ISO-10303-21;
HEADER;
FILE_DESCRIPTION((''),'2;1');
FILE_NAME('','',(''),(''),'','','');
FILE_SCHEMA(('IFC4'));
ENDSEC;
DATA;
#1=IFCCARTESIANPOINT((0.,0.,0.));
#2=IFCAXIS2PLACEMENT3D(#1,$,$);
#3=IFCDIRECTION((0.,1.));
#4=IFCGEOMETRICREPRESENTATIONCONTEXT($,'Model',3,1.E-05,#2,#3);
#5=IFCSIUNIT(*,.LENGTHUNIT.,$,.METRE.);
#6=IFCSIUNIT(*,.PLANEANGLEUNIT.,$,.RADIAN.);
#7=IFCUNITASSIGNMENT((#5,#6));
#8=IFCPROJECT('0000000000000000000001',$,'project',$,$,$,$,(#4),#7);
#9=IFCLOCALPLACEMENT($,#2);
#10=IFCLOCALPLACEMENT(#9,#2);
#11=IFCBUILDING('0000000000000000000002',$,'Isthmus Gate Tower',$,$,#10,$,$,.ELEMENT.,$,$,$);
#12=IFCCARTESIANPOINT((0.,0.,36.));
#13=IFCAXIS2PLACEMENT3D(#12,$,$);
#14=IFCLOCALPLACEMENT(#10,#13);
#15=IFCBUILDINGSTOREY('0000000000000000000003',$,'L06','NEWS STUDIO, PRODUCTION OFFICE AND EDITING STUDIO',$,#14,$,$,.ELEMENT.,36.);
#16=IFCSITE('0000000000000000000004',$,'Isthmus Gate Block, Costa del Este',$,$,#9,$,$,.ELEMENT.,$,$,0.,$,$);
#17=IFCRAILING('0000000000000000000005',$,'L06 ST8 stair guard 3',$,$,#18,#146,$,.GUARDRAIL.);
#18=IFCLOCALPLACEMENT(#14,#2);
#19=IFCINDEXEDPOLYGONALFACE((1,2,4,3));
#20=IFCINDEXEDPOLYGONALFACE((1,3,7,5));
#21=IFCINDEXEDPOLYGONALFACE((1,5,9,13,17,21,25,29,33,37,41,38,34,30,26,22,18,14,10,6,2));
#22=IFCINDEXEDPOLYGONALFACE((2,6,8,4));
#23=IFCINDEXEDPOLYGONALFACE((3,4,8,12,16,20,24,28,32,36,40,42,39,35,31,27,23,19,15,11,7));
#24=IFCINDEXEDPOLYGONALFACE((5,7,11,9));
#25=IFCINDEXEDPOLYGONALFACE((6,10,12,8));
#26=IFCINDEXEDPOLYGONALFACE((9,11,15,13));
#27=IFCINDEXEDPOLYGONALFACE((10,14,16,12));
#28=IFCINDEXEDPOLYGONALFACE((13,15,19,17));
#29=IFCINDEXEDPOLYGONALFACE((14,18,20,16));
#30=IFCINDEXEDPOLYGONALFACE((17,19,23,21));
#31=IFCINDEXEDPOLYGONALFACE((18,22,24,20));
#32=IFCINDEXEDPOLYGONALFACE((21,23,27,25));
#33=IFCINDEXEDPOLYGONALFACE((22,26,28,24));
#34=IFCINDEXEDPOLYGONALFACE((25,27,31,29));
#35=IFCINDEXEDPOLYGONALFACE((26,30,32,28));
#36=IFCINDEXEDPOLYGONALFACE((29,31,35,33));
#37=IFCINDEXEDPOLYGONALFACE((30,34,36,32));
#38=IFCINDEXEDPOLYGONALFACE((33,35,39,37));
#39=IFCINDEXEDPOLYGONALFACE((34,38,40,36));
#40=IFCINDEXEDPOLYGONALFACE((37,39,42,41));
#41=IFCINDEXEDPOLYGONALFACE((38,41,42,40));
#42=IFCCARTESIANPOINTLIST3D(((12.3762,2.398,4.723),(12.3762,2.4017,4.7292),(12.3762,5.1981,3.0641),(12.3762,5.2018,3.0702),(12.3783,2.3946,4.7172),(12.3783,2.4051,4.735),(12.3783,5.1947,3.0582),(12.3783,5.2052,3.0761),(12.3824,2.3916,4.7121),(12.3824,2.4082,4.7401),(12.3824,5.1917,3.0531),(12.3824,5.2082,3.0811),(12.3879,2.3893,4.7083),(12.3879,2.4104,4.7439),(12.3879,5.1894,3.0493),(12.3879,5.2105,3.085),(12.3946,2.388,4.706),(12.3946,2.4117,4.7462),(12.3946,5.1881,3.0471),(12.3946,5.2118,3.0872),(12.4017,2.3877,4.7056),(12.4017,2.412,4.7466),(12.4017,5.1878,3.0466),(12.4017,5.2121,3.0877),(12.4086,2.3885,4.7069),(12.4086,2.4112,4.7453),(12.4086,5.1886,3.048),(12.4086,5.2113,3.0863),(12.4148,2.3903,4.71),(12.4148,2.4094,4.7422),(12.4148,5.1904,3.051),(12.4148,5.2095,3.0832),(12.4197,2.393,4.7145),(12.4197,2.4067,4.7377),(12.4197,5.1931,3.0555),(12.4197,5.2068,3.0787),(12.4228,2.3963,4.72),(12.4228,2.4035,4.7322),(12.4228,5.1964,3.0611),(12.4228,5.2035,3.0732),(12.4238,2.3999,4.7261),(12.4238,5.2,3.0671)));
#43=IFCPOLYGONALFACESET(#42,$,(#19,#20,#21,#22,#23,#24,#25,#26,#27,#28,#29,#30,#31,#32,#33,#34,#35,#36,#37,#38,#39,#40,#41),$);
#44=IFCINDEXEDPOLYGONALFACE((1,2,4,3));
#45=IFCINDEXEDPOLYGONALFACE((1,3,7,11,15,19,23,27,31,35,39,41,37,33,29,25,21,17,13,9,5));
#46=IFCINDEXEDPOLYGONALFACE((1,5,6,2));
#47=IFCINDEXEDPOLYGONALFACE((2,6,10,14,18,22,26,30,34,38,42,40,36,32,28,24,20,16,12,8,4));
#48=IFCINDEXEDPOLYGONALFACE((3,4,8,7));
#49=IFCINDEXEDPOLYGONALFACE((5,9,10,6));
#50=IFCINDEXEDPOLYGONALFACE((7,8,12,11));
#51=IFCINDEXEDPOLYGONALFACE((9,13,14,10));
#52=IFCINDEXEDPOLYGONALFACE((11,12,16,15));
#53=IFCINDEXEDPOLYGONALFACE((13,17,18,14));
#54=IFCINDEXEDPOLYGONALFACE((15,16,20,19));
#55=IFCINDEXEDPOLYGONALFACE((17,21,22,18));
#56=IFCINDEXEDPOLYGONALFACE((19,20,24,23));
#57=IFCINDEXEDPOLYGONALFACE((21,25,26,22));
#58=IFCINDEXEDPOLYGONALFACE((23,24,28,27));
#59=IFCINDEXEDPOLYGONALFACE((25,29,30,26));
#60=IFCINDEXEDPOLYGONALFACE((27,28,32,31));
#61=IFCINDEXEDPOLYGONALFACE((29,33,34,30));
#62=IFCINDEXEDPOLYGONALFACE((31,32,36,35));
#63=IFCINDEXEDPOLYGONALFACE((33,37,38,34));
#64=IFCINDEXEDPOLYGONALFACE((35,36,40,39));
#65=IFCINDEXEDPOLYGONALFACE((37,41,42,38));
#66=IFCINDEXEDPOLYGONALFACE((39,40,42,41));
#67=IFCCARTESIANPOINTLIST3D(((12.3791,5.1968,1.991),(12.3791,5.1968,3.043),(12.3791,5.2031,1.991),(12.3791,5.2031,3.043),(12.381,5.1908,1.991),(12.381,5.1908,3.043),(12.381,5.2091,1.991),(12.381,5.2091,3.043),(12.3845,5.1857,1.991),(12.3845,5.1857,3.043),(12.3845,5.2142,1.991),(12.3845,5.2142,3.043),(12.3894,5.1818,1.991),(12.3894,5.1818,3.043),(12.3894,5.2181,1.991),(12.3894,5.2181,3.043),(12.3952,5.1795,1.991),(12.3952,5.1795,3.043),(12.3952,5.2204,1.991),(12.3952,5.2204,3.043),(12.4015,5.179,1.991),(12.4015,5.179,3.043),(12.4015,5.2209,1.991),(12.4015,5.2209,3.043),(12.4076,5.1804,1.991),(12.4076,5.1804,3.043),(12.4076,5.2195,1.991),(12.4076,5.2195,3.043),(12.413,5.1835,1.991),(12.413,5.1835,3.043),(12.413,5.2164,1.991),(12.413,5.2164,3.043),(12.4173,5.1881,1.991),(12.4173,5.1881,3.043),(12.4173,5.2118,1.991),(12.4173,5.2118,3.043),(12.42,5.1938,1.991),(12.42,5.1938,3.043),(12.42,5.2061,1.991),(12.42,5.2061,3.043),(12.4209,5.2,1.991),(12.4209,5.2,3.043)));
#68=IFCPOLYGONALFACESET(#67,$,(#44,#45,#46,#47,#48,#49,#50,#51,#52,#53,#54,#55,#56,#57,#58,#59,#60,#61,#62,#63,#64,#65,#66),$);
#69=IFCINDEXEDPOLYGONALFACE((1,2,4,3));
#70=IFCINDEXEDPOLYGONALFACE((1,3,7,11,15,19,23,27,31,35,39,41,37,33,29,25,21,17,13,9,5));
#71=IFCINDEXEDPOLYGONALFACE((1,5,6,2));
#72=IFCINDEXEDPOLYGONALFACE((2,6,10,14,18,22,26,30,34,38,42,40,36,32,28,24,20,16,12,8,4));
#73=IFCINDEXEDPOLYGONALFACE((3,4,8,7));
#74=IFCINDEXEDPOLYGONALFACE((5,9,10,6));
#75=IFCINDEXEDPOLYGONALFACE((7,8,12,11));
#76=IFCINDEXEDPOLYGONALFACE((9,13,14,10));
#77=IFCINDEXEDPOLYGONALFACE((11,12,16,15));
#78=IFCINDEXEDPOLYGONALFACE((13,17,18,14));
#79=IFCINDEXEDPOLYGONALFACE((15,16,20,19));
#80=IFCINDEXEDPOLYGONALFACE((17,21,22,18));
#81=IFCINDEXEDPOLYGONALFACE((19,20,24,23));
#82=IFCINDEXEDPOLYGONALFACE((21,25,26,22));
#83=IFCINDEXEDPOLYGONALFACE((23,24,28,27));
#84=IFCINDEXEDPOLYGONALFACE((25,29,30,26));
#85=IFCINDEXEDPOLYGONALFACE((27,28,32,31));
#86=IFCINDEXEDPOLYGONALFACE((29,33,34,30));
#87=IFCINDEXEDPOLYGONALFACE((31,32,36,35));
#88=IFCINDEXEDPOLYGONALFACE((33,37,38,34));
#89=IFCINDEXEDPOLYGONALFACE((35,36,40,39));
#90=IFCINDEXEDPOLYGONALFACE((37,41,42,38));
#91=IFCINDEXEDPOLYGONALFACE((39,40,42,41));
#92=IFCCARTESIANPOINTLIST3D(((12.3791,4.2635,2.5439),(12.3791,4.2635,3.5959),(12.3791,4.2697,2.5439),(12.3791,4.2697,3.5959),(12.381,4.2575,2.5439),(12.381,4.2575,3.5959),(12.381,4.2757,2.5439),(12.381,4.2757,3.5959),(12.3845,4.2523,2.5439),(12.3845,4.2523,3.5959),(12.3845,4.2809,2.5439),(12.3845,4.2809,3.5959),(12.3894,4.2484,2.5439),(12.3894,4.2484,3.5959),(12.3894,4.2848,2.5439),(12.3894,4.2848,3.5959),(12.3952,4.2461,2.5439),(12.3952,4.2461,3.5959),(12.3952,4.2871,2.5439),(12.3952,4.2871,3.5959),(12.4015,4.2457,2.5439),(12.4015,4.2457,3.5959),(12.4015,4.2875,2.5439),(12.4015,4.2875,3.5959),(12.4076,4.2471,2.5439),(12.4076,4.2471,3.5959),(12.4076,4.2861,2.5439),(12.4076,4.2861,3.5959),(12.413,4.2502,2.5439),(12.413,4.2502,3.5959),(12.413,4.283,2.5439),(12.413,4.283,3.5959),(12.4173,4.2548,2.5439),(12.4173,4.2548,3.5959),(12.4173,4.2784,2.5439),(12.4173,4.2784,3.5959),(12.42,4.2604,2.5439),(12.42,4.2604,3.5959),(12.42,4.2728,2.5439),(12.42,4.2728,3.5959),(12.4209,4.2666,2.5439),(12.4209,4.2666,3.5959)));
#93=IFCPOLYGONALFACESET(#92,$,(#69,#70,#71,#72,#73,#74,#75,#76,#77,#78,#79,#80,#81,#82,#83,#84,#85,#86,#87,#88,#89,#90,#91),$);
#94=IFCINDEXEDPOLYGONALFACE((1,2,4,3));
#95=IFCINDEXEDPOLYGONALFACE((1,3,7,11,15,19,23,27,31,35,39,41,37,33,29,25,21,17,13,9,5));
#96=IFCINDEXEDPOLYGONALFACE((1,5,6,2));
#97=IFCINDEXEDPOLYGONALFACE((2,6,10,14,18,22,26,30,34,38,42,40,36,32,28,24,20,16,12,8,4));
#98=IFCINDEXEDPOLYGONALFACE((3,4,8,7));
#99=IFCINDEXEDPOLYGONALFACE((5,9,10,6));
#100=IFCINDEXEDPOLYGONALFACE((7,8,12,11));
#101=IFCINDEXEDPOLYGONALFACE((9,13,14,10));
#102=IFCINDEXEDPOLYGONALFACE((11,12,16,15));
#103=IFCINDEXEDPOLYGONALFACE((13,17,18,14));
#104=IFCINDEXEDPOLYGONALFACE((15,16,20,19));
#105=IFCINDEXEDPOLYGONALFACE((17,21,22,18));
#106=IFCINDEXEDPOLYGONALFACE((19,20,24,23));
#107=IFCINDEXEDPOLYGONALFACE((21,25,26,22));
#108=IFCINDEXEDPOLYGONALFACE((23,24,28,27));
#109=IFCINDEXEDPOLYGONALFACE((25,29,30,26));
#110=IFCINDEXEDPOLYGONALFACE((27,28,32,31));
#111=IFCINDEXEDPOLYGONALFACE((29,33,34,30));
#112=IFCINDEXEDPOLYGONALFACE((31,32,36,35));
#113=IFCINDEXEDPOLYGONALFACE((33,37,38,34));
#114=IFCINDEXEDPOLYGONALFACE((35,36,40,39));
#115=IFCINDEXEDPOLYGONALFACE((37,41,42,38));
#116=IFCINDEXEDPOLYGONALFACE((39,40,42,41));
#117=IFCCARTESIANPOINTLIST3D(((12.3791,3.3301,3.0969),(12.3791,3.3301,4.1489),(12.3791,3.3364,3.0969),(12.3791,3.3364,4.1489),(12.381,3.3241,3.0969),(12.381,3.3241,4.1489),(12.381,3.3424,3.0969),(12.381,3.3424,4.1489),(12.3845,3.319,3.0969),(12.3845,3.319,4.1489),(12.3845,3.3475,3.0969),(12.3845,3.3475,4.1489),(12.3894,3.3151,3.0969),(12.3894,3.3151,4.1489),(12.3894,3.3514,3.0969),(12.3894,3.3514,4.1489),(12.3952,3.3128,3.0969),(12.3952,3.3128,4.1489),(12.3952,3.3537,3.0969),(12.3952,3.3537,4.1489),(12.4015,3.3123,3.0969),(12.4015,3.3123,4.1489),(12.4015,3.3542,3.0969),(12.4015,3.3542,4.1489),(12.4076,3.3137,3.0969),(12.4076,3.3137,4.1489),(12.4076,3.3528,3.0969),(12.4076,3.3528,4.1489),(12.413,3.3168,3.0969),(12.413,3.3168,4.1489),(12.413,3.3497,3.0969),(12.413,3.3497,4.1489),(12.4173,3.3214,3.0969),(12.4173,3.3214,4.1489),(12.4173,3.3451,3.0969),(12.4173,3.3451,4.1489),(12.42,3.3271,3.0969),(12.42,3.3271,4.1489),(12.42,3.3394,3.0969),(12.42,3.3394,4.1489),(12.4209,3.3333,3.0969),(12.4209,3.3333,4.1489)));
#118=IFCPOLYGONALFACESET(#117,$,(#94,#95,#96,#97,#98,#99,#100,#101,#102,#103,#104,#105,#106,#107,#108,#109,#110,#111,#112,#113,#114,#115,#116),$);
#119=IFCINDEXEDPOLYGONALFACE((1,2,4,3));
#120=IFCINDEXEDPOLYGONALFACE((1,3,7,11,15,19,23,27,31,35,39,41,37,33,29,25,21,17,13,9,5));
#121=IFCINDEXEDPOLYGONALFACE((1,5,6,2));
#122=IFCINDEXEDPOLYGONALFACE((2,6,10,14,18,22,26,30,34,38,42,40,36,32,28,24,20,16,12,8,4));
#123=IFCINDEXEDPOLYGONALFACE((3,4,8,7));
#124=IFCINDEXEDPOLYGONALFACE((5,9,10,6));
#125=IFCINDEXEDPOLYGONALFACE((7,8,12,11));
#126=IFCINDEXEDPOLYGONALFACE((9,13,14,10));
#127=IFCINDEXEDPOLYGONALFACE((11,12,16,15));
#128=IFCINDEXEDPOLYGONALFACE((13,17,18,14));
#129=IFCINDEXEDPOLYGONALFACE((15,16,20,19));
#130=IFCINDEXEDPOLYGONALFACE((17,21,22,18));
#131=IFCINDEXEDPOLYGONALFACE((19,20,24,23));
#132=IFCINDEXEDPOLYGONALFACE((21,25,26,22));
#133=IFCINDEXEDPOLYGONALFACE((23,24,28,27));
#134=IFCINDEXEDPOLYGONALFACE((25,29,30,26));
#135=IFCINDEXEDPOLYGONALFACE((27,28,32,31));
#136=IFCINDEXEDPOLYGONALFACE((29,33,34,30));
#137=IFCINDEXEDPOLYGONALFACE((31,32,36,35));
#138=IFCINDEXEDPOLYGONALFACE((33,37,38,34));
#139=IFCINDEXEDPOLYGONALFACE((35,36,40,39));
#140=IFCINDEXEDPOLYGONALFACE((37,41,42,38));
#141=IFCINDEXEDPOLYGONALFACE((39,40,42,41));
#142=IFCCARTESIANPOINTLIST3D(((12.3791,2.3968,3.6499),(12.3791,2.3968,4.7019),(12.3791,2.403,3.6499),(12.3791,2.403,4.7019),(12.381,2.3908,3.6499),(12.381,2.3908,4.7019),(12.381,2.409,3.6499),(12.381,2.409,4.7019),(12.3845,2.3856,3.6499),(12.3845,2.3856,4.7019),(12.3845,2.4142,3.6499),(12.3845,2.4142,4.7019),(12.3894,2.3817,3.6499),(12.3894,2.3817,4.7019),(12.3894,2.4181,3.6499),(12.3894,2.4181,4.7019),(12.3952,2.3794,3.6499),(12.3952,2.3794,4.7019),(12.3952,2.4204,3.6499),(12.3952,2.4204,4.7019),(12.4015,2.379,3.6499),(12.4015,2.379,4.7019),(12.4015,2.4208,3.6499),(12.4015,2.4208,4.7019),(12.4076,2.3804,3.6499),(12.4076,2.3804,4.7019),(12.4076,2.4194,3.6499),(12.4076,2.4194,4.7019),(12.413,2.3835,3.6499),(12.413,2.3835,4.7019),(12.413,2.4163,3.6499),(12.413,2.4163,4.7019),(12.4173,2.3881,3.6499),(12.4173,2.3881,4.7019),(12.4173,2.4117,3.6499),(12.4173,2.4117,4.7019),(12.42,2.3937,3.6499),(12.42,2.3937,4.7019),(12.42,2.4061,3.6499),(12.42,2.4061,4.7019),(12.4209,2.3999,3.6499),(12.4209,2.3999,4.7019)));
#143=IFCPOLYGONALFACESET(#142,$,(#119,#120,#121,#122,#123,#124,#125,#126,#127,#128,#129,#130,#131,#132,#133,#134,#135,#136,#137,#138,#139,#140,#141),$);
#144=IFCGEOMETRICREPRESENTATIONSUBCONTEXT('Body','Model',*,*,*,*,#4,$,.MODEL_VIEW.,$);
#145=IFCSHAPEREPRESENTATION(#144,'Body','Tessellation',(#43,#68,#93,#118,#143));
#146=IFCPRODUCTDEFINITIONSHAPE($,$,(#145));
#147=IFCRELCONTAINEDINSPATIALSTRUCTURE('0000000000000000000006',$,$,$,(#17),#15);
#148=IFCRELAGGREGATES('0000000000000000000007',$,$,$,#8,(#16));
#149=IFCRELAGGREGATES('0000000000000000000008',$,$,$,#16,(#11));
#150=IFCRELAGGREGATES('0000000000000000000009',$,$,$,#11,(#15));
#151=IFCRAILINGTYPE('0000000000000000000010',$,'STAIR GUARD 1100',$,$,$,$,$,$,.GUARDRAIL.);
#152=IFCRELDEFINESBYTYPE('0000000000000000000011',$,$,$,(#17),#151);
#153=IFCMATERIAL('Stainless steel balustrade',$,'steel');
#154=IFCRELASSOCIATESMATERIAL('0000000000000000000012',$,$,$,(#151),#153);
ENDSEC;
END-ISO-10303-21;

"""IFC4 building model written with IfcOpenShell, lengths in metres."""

from ifc_helpers import new_model, si_unit, direction, frame, origin, origin_2d, place, context, subcontext, project, spatial, circle, extrude, material, type_object, element, save


model = new_model("IFC4")

# Units and contexts
model_context = context("Model", 3, precision=1e-05, world=origin(), true_north=direction((0.0, 1.0)))
body_context = subcontext(model_context, "Body", "Model", "MODEL_VIEW")
ifc_project = project(units=[si_unit("LENGTHUNIT", "METRE"), si_unit("PLANEANGLEUNIT", "RADIAN")], contexts=[model_context])

# Site, building, storey
site_placement = place(None, origin())
site = spatial("IfcSite", under=ifc_project, at=site_placement, Name="Isthmus Gate Block, Costa del Este", CompositionType="ELEMENT", RefElevation=0.0)
building_placement = place(site_placement, origin())
building = spatial("IfcBuilding", under=site, at=building_placement, Name="Isthmus Gate Tower", CompositionType="ELEMENT")
storey_placement = place(building_placement, frame((0.0, 0.0, 36.0)))
storey = spatial("IfcBuildingStorey", under=building, at=storey_placement, Name="L06", Description="NEWS STUDIO, PRODUCTION OFFICE AND EDITING STUDIO", CompositionType="ELEMENT", Elevation=36.0)

# Railing
ifc_material_1 = material(Name="Stainless steel balustrade", Category="steel")
railing_type_1 = type_object("IfcRailingType", Name="STAIR GUARD 1100", PredefinedType="GUARDRAIL", material=ifc_material_1)
railing_1_placement = place(storey_placement, frame((12.3999, 5.2, 1.991)))
element("IfcRailing", 1, at=railing_1_placement, inside=storey, type_object=railing_type_1, Name="L06 ST8 stair guard 3", PredefinedType="GUARDRAIL", context=body_context, shape_type="SweptSolid", body=[
    extrude(circle(Radius=0.0239, at=origin_2d()), frame((0.0, 0.0, 1.0762), z_axis=(0.0, -0.860339, 0.509722), x_axis=(1.0, 0.0, 0.0)), (0.0, 0.0, 1.0), 3.2546),
    extrude(circle(Radius=0.021, at=origin_2d()), origin(), (0.0, 0.0, 1.0), 1.052),
    extrude(circle(Radius=0.021, at=origin_2d()), frame((0.0, -0.9333, 0.553)), (0.0, 0.0, 1.0), 1.052),
    extrude(circle(Radius=0.021, at=origin_2d()), frame((0.0, -1.8667, 1.106)), (0.0, 0.0, 1.0), 1.052),
    extrude(circle(Radius=0.021, at=origin_2d()), frame((0.0, -2.8, 1.6589)), (0.0, 0.0, 1.0), 1.052),
])

save(model, "model.ifc")
